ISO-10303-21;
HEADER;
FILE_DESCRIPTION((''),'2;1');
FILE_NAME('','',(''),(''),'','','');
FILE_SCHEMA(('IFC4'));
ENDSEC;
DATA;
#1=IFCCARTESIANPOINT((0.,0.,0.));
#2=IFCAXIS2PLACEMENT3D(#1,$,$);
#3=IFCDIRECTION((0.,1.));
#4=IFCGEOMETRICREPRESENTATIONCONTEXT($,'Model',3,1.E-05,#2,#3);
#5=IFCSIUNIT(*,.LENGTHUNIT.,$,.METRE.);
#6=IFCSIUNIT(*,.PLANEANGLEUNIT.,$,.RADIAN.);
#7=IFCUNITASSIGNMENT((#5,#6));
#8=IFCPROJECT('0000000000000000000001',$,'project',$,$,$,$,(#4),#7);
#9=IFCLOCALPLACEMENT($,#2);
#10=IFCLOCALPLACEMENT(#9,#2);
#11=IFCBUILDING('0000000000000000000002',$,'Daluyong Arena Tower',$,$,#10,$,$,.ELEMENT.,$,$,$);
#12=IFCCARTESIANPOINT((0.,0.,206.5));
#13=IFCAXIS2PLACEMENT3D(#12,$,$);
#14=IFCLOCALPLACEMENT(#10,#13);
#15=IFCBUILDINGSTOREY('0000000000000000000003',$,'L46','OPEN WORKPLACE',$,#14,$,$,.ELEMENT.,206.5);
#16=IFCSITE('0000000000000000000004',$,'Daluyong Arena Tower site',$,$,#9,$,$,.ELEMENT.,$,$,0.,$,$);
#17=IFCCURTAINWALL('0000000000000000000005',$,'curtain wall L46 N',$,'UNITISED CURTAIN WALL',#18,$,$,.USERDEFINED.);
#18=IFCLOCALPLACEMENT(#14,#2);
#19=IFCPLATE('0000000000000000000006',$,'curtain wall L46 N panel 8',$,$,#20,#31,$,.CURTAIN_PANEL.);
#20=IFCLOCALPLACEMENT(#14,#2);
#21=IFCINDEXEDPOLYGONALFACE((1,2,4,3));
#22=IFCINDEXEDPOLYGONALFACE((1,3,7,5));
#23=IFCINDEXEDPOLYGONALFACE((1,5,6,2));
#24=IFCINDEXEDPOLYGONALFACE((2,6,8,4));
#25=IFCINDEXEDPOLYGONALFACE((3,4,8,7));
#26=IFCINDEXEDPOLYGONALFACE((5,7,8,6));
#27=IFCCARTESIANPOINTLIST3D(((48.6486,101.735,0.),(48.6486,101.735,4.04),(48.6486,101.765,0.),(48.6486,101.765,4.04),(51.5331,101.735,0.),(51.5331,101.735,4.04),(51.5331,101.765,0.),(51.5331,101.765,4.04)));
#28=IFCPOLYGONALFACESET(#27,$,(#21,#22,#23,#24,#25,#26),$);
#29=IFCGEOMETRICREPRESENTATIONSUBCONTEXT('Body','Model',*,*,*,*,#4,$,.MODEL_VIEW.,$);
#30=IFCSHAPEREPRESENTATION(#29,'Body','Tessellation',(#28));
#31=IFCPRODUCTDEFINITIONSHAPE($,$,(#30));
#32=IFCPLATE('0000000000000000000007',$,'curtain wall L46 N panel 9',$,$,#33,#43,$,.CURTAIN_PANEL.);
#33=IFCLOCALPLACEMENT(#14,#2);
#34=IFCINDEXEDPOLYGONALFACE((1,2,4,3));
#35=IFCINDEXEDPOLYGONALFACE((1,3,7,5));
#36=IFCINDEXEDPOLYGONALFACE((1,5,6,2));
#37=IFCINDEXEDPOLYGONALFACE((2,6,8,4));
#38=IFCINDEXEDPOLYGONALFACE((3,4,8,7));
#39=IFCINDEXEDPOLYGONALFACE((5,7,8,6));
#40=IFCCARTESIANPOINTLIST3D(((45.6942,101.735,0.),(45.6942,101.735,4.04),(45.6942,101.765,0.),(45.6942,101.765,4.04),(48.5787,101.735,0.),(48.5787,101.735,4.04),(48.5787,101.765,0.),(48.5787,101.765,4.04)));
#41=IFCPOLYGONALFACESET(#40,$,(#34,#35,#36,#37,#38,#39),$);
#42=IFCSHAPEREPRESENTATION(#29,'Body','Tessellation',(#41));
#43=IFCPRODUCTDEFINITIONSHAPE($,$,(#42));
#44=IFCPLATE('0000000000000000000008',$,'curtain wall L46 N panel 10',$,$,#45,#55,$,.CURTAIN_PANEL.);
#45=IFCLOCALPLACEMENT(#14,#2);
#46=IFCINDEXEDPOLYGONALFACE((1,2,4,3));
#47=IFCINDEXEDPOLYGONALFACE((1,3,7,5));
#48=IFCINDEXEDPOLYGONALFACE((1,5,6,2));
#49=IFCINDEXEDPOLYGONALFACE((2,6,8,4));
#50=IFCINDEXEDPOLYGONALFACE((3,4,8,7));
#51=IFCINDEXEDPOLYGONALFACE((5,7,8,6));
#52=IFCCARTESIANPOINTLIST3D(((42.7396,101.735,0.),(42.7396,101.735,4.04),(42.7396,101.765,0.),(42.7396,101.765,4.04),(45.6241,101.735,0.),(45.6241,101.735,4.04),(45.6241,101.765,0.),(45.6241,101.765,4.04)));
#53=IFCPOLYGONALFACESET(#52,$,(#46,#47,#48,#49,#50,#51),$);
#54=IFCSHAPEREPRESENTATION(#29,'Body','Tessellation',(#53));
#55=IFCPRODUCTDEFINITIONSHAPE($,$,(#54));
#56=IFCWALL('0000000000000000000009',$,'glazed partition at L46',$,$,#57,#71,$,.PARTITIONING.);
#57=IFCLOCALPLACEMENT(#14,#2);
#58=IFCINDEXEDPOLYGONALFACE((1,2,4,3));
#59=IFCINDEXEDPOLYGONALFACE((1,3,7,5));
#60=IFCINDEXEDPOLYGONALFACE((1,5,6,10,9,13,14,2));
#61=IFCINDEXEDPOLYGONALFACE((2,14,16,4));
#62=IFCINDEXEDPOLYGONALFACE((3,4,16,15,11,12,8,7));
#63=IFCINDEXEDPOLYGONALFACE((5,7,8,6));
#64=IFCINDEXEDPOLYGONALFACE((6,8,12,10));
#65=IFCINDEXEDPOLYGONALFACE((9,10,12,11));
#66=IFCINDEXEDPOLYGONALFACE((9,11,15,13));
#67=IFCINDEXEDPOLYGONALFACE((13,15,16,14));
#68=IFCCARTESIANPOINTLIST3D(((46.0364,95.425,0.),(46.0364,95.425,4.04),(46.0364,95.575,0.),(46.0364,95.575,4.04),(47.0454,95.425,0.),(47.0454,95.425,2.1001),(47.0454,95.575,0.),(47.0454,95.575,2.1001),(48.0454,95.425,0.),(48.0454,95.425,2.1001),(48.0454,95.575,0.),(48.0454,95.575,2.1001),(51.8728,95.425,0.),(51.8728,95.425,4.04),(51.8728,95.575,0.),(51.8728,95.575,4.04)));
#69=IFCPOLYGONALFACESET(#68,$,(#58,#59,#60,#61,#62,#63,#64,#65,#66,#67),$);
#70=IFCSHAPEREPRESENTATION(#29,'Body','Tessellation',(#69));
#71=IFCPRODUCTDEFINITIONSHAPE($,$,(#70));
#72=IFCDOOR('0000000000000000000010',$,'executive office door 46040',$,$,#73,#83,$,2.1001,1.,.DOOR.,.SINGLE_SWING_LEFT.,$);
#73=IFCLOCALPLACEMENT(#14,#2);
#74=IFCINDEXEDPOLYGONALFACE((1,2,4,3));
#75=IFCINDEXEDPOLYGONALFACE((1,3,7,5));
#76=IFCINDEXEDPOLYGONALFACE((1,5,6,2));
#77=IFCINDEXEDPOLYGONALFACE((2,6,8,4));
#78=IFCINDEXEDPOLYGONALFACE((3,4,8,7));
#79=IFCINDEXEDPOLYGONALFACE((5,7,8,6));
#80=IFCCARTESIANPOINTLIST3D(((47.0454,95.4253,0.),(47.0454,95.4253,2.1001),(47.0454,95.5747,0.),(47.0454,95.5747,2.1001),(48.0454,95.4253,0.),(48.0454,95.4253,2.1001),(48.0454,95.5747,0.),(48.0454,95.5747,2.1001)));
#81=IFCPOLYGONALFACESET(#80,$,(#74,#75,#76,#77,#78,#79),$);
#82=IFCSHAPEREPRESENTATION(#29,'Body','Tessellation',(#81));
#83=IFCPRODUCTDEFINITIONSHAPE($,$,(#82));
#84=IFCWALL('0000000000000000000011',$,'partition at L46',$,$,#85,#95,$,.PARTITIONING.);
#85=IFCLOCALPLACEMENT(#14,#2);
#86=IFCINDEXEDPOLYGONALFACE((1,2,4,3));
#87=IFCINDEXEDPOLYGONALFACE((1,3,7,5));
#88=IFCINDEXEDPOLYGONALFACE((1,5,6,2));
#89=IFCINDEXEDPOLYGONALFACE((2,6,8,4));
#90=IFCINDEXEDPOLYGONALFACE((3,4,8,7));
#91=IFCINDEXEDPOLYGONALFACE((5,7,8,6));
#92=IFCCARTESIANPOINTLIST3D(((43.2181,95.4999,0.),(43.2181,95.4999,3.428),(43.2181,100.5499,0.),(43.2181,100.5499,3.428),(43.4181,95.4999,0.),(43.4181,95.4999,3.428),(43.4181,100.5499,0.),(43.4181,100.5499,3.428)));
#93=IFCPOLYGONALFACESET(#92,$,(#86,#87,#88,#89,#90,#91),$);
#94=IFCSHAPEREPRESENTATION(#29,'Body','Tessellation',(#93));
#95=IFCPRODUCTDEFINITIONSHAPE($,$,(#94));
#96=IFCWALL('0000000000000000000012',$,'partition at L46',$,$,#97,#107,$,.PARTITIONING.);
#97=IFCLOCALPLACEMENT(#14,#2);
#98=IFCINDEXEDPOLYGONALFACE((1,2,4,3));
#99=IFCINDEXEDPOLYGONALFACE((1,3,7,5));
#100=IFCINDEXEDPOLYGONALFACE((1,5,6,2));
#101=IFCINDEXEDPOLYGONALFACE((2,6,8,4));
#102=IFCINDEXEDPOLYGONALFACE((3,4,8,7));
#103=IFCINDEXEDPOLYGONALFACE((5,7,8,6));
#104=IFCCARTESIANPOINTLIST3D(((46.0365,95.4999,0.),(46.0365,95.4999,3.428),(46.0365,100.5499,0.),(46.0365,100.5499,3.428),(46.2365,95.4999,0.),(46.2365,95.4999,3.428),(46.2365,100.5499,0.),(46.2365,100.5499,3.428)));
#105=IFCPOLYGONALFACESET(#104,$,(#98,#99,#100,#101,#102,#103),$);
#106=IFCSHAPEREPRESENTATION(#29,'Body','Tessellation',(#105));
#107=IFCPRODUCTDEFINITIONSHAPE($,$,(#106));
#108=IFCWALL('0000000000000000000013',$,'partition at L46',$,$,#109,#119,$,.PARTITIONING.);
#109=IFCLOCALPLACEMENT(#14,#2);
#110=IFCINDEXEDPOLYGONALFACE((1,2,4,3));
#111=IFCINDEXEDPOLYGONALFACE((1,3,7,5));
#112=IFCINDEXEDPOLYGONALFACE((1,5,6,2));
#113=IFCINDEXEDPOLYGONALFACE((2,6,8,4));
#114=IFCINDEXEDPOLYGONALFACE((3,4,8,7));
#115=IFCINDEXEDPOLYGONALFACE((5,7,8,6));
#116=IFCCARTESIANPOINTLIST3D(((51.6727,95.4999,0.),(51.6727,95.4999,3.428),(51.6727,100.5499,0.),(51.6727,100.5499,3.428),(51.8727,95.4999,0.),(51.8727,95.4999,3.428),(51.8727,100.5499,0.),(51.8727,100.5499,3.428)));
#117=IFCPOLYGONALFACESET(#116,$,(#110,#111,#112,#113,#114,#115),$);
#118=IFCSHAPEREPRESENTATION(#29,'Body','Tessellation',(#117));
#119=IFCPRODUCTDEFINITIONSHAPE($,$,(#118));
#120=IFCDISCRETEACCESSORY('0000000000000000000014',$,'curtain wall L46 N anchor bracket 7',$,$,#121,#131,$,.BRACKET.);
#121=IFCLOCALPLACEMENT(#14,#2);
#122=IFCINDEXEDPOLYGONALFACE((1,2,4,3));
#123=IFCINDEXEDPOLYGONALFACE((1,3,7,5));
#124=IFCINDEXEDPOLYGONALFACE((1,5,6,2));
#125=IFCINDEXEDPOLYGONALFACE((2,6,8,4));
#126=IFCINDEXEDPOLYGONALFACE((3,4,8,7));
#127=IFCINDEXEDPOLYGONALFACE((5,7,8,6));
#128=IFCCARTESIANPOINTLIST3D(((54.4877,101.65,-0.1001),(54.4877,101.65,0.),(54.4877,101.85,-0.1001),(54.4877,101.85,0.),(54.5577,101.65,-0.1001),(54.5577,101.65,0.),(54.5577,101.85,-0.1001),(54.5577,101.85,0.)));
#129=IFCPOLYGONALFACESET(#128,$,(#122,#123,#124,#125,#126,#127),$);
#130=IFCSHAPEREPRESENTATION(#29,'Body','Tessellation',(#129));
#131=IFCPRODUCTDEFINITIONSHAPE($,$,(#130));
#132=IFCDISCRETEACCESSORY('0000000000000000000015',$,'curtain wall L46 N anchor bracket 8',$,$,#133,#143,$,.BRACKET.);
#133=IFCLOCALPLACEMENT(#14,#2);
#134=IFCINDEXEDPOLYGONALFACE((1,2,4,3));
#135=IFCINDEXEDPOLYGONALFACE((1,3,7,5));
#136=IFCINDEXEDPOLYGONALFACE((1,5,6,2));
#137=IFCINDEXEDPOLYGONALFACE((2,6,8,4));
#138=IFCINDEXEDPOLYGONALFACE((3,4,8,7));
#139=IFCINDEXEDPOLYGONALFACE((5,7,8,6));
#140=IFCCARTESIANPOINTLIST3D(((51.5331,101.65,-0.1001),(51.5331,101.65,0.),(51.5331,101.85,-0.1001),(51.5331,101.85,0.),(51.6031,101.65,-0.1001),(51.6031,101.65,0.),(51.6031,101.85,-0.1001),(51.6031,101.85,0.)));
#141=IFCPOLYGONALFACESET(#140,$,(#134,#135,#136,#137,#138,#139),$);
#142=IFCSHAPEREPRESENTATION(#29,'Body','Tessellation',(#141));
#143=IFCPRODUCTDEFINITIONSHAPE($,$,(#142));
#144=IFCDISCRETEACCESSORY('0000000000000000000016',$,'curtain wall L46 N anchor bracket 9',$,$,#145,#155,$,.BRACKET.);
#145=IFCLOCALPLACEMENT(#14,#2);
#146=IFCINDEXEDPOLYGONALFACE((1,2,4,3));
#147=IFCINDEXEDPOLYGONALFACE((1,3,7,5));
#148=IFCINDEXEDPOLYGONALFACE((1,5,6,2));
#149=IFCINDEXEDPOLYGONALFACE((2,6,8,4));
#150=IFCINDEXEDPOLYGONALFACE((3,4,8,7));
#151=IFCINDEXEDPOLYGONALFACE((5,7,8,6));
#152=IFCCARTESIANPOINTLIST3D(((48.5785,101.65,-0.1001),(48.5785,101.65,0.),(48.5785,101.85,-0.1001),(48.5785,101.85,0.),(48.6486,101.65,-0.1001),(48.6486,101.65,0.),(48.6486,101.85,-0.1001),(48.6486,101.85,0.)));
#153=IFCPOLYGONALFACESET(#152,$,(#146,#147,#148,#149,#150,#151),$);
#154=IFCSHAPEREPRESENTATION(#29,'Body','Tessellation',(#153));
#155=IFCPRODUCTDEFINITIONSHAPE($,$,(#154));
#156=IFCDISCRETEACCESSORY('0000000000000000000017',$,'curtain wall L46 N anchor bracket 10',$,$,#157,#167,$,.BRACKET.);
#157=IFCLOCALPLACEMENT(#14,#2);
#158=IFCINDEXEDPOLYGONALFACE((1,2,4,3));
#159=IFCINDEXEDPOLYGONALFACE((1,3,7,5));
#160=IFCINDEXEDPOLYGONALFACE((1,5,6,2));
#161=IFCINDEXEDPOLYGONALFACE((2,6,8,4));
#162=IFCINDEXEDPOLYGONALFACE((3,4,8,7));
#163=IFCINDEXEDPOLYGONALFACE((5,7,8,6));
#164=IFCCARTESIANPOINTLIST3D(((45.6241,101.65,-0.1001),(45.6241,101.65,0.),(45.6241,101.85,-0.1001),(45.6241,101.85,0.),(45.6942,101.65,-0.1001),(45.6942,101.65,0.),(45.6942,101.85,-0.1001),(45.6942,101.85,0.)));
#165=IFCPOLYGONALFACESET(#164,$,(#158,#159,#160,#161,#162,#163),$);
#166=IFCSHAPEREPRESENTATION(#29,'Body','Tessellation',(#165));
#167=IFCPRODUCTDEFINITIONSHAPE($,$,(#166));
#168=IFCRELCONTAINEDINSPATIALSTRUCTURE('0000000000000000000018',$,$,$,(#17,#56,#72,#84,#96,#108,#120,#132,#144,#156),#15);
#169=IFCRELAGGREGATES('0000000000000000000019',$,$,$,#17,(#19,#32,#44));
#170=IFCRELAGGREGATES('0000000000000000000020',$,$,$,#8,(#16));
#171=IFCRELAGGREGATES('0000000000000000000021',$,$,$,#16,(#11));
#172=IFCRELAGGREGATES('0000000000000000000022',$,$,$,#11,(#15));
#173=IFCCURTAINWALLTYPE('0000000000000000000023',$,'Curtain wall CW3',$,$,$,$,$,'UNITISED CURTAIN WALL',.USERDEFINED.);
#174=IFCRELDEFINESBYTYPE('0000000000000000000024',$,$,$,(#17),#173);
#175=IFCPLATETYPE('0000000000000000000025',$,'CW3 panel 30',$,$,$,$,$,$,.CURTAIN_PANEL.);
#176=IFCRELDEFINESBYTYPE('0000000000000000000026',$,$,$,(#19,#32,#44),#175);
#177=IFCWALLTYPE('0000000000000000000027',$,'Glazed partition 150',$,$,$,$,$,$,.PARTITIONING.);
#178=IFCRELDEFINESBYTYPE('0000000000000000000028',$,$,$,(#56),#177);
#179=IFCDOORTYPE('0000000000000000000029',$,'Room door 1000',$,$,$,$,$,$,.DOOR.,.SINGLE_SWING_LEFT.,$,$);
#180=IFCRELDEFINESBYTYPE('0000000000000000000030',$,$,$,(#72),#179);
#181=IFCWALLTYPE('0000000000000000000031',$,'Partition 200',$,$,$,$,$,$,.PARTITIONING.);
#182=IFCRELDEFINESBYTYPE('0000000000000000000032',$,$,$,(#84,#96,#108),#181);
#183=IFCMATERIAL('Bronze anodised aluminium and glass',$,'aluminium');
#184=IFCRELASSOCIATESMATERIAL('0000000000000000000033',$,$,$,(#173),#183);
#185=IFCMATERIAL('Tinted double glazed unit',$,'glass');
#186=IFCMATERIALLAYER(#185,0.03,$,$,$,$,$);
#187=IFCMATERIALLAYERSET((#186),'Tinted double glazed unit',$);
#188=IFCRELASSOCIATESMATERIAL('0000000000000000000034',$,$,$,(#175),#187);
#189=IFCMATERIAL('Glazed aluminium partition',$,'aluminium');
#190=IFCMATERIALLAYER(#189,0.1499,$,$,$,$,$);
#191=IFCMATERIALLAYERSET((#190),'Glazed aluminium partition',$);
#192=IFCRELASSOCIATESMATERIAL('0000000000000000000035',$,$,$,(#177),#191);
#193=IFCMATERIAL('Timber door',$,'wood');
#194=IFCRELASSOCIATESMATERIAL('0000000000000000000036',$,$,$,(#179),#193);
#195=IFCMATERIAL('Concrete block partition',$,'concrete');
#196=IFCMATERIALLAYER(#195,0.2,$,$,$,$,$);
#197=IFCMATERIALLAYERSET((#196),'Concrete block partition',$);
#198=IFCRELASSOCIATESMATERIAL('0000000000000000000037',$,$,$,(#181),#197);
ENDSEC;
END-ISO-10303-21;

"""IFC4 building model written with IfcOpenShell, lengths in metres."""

from ifc_helpers import new_model, si_unit, direction, frame, frame_2d, origin, origin_2d, place, context, subcontext, project, spatial, rectangle, extrude, material, layer, layer_set, type_object, element, fill, aggregate, save


model = new_model("IFC4")

# Units and contexts
model_context = context("Model", 3, precision=1e-05, world=origin(), true_north=direction((0.0, 1.0)))
body_context = subcontext(model_context, "Body", "Model", "MODEL_VIEW")
ifc_project = project(units=[si_unit("LENGTHUNIT", "METRE"), si_unit("PLANEANGLEUNIT", "RADIAN")], contexts=[model_context])

# Site, building, storey
site_placement = place(None, origin())
site = spatial("IfcSite", under=ifc_project, at=site_placement, Name="Daluyong Arena Tower site", CompositionType="ELEMENT", RefElevation=0.0)
building_placement = place(site_placement, origin())
building = spatial("IfcBuilding", under=site, at=building_placement, Name="Daluyong Arena Tower", CompositionType="ELEMENT")
storey_placement = place(building_placement, frame((0.0, 0.0, 206.5)))
storey = spatial("IfcBuildingStorey", under=building, at=storey_placement, Name="L46", Description="OPEN WORKPLACE", CompositionType="ELEMENT", Elevation=206.5)

# Curtain wall
ifc_material_1 = material(Name="Bronze anodised aluminium and glass", Category="aluminium")
curtain_wall_type = type_object("IfcCurtainWallType", Name="Curtain wall CW3", ElementType="UNITISED CURTAIN WALL", PredefinedType="USERDEFINED", material=ifc_material_1)
curtain_wall_placement = place(storey_placement, origin())
curtain_wall = element("IfcCurtainWall", 1, at=curtain_wall_placement, inside=storey, type_object=curtain_wall_type, Name="curtain wall L46 N", ObjectType="UNITISED CURTAIN WALL", PredefinedType="USERDEFINED")

# Plates
ifc_material_2 = material(Name="Tinted double glazed unit", Category="glass")
ifc_layer_1 = layer(ifc_material_2, 0.03)
ifc_layer_set_1 = layer_set([ifc_layer_1], Name="Tinted double glazed unit")
plate_type = type_object("IfcPlateType", Name="CW3 panel 30", PredefinedType="CURTAIN_PANEL", material=ifc_layer_set_1)
plate_1_placement = place(storey_placement, frame((50.0908, 101.75, 0.0), z_axis=(0.0, 0.0, 1.0), x_axis=(-1.0, 0.0, 0.0)))
plate_1 = element("IfcPlate", 2, at=plate_1_placement, type_object=plate_type, Name="curtain wall L46 N panel 8", PredefinedType="CURTAIN_PANEL", context=body_context, shape_type="SweptSolid", body=[
    extrude(rectangle(XDim=2.8845, YDim=0.03, at=origin_2d()), origin(), (0.0, 0.0, 1.0), 4.04),
])
plate_2_placement = place(storey_placement, frame((47.1365, 101.75, 0.0), z_axis=(0.0, 0.0, 1.0), x_axis=(-1.0, 0.0, 0.0)))
plate_2 = element("IfcPlate", 3, at=plate_2_placement, type_object=plate_type, Name="curtain wall L46 N panel 9", PredefinedType="CURTAIN_PANEL", context=body_context, shape_type="SweptSolid", body=[
    extrude(rectangle(XDim=2.8845, YDim=0.03, at=origin_2d()), origin(), (0.0, 0.0, 1.0), 4.04),
])
plate_3_placement = place(storey_placement, frame((44.1819, 101.75, 0.0), z_axis=(0.0, 0.0, 1.0), x_axis=(-1.0, 0.0, 0.0)))
plate_3 = element("IfcPlate", 4, at=plate_3_placement, type_object=plate_type, Name="curtain wall L46 N panel 10", PredefinedType="CURTAIN_PANEL", context=body_context, shape_type="SweptSolid", body=[
    extrude(rectangle(XDim=2.8845, YDim=0.03, at=origin_2d()), origin(), (0.0, 0.0, 1.0), 4.04),
])
aggregate(curtain_wall, [plate_1, plate_2, plate_3])

# Wall, opening, door
ifc_material_3 = material(Name="Glazed aluminium partition", Category="aluminium")
ifc_layer_2 = layer(ifc_material_3, 0.1499)
ifc_layer_set_2 = layer_set([ifc_layer_2], Name="Glazed aluminium partition")
wall_type_1 = type_object("IfcWallType", Name="Glazed partition 150", PredefinedType="PARTITIONING", material=ifc_layer_set_2)
wall_placement = place(storey_placement, frame((46.0364, 95.5, 0.0), z_axis=(0.0, 0.0, 1.0), x_axis=(1.0, 0.0, 0.0)))
wall = element("IfcWall", 5, at=wall_placement, inside=storey, type_object=wall_type_1, Name="glazed partition at L46", PredefinedType="PARTITIONING", context=body_context, shape_type="SweptSolid", body=[
    extrude(rectangle(XDim=5.8364, YDim=0.1499, at=frame_2d((2.9182, 0.0))), origin(), (0.0, 0.0, 1.0), 4.04),
])
opening_placement = place(wall_placement, frame((1.009, 0.0, 0.0)))
opening = element("IfcOpeningElement", 6, at=opening_placement, cuts=wall, PredefinedType="OPENING", context=body_context, shape_type="SweptSolid", body=[
    extrude(rectangle(XDim=1.0, YDim=2.1001, at=frame_2d((0.5, 1.05))), frame((0.0, 0.085, 0.0), z_axis=(0.0, -1.0, 0.0), x_axis=(1.0, 0.0, 0.0)), (0.0, 0.0, 1.0), 0.1699),
])
ifc_material_4 = material(Name="Timber door", Category="wood")
door_type = type_object("IfcDoorType", Name="Room door 1000", OperationType="SINGLE_SWING_LEFT", PredefinedType="DOOR", material=ifc_material_4)
door_placement = place(opening_placement, origin())
door = element("IfcDoor", 7, at=door_placement, inside=storey, type_object=door_type, Name="executive office door 46040", OperationType="SINGLE_SWING_LEFT", OverallHeight=2.1001, OverallWidth=1.0, PredefinedType="DOOR", context=body_context, shape_type="SweptSolid", body=[
    extrude(rectangle(XDim=1.0, YDim=2.1001, at=frame_2d((0.5, 1.05))), frame((0.0, 0.0747, 0.0), z_axis=(0.0, -1.0, 0.0), x_axis=(1.0, 0.0, 0.0)), (0.0, 0.0, 1.0), 0.1494),
])
fill(opening, door)

# Walls
ifc_material_5 = material(Name="Concrete block partition", Category="concrete")
ifc_layer_3 = layer(ifc_material_5, 0.2)
ifc_layer_set_3 = layer_set([ifc_layer_3], Name="Concrete block partition")
wall_type_2 = type_object("IfcWallType", Name="Partition 200", PredefinedType="PARTITIONING", material=ifc_layer_set_3)
for number, where, z_axis, x_axis, name in (
    (8, (43.3181, 95.5, 0.0), (0.0, 0.0, 1.0), (0.0, 1.0, 0.0), "partition at L46"),
    (9, (46.1365, 95.5, 0.0), (0.0, 0.0, 1.0), (0.0, 1.0, 0.0), "partition at L46"),
    (10, (51.7727, 95.5, 0.0), (0.0, 0.0, 1.0), (0.0, 1.0, 0.0), "partition at L46"),
):
    element("IfcWall", number, at=place(storey_placement, frame(where, z_axis=z_axis, x_axis=x_axis)), inside=storey, type_object=wall_type_2, Name=name, PredefinedType="PARTITIONING", context=body_context, shape_type="SweptSolid", body=[
        extrude(rectangle(XDim=5.05, YDim=0.2, at=frame_2d((2.5249, 0.0))), origin(), (0.0, 0.0, 1.0), 3.428),
    ])

# Discrete accessories
for number, where, z_axis, x_axis, name in (
    (11, (54.5227, 101.75, -0.1001), (0.0, 0.0, 1.0), (-1.0, 0.0, 0.0), "curtain wall L46 N anchor bracket 7"),
    (12, (51.5681, 101.75, -0.1001), (0.0, 0.0, 1.0), (-1.0, 0.0, 0.0), "curtain wall L46 N anchor bracket 8"),
    (13, (48.6135, 101.75, -0.1001), (0.0, 0.0, 1.0), (-1.0, 0.0, 0.0), "curtain wall L46 N anchor bracket 9"),
    (14, (45.6592, 101.75, -0.1001), (0.0, 0.0, 1.0), (-1.0, 0.0, 0.0), "curtain wall L46 N anchor bracket 10"),
):
    element("IfcDiscreteAccessory", number, at=place(storey_placement, frame(where, z_axis=z_axis, x_axis=x_axis)), inside=storey, Name=name, PredefinedType="BRACKET", context=body_context, shape_type="SweptSolid", body=[
        extrude(rectangle(XDim=0.0701, YDim=0.2, at=origin_2d()), origin(), (0.0, 0.0, 1.0), 0.1001),
    ])

save(model, "model.ifc")
